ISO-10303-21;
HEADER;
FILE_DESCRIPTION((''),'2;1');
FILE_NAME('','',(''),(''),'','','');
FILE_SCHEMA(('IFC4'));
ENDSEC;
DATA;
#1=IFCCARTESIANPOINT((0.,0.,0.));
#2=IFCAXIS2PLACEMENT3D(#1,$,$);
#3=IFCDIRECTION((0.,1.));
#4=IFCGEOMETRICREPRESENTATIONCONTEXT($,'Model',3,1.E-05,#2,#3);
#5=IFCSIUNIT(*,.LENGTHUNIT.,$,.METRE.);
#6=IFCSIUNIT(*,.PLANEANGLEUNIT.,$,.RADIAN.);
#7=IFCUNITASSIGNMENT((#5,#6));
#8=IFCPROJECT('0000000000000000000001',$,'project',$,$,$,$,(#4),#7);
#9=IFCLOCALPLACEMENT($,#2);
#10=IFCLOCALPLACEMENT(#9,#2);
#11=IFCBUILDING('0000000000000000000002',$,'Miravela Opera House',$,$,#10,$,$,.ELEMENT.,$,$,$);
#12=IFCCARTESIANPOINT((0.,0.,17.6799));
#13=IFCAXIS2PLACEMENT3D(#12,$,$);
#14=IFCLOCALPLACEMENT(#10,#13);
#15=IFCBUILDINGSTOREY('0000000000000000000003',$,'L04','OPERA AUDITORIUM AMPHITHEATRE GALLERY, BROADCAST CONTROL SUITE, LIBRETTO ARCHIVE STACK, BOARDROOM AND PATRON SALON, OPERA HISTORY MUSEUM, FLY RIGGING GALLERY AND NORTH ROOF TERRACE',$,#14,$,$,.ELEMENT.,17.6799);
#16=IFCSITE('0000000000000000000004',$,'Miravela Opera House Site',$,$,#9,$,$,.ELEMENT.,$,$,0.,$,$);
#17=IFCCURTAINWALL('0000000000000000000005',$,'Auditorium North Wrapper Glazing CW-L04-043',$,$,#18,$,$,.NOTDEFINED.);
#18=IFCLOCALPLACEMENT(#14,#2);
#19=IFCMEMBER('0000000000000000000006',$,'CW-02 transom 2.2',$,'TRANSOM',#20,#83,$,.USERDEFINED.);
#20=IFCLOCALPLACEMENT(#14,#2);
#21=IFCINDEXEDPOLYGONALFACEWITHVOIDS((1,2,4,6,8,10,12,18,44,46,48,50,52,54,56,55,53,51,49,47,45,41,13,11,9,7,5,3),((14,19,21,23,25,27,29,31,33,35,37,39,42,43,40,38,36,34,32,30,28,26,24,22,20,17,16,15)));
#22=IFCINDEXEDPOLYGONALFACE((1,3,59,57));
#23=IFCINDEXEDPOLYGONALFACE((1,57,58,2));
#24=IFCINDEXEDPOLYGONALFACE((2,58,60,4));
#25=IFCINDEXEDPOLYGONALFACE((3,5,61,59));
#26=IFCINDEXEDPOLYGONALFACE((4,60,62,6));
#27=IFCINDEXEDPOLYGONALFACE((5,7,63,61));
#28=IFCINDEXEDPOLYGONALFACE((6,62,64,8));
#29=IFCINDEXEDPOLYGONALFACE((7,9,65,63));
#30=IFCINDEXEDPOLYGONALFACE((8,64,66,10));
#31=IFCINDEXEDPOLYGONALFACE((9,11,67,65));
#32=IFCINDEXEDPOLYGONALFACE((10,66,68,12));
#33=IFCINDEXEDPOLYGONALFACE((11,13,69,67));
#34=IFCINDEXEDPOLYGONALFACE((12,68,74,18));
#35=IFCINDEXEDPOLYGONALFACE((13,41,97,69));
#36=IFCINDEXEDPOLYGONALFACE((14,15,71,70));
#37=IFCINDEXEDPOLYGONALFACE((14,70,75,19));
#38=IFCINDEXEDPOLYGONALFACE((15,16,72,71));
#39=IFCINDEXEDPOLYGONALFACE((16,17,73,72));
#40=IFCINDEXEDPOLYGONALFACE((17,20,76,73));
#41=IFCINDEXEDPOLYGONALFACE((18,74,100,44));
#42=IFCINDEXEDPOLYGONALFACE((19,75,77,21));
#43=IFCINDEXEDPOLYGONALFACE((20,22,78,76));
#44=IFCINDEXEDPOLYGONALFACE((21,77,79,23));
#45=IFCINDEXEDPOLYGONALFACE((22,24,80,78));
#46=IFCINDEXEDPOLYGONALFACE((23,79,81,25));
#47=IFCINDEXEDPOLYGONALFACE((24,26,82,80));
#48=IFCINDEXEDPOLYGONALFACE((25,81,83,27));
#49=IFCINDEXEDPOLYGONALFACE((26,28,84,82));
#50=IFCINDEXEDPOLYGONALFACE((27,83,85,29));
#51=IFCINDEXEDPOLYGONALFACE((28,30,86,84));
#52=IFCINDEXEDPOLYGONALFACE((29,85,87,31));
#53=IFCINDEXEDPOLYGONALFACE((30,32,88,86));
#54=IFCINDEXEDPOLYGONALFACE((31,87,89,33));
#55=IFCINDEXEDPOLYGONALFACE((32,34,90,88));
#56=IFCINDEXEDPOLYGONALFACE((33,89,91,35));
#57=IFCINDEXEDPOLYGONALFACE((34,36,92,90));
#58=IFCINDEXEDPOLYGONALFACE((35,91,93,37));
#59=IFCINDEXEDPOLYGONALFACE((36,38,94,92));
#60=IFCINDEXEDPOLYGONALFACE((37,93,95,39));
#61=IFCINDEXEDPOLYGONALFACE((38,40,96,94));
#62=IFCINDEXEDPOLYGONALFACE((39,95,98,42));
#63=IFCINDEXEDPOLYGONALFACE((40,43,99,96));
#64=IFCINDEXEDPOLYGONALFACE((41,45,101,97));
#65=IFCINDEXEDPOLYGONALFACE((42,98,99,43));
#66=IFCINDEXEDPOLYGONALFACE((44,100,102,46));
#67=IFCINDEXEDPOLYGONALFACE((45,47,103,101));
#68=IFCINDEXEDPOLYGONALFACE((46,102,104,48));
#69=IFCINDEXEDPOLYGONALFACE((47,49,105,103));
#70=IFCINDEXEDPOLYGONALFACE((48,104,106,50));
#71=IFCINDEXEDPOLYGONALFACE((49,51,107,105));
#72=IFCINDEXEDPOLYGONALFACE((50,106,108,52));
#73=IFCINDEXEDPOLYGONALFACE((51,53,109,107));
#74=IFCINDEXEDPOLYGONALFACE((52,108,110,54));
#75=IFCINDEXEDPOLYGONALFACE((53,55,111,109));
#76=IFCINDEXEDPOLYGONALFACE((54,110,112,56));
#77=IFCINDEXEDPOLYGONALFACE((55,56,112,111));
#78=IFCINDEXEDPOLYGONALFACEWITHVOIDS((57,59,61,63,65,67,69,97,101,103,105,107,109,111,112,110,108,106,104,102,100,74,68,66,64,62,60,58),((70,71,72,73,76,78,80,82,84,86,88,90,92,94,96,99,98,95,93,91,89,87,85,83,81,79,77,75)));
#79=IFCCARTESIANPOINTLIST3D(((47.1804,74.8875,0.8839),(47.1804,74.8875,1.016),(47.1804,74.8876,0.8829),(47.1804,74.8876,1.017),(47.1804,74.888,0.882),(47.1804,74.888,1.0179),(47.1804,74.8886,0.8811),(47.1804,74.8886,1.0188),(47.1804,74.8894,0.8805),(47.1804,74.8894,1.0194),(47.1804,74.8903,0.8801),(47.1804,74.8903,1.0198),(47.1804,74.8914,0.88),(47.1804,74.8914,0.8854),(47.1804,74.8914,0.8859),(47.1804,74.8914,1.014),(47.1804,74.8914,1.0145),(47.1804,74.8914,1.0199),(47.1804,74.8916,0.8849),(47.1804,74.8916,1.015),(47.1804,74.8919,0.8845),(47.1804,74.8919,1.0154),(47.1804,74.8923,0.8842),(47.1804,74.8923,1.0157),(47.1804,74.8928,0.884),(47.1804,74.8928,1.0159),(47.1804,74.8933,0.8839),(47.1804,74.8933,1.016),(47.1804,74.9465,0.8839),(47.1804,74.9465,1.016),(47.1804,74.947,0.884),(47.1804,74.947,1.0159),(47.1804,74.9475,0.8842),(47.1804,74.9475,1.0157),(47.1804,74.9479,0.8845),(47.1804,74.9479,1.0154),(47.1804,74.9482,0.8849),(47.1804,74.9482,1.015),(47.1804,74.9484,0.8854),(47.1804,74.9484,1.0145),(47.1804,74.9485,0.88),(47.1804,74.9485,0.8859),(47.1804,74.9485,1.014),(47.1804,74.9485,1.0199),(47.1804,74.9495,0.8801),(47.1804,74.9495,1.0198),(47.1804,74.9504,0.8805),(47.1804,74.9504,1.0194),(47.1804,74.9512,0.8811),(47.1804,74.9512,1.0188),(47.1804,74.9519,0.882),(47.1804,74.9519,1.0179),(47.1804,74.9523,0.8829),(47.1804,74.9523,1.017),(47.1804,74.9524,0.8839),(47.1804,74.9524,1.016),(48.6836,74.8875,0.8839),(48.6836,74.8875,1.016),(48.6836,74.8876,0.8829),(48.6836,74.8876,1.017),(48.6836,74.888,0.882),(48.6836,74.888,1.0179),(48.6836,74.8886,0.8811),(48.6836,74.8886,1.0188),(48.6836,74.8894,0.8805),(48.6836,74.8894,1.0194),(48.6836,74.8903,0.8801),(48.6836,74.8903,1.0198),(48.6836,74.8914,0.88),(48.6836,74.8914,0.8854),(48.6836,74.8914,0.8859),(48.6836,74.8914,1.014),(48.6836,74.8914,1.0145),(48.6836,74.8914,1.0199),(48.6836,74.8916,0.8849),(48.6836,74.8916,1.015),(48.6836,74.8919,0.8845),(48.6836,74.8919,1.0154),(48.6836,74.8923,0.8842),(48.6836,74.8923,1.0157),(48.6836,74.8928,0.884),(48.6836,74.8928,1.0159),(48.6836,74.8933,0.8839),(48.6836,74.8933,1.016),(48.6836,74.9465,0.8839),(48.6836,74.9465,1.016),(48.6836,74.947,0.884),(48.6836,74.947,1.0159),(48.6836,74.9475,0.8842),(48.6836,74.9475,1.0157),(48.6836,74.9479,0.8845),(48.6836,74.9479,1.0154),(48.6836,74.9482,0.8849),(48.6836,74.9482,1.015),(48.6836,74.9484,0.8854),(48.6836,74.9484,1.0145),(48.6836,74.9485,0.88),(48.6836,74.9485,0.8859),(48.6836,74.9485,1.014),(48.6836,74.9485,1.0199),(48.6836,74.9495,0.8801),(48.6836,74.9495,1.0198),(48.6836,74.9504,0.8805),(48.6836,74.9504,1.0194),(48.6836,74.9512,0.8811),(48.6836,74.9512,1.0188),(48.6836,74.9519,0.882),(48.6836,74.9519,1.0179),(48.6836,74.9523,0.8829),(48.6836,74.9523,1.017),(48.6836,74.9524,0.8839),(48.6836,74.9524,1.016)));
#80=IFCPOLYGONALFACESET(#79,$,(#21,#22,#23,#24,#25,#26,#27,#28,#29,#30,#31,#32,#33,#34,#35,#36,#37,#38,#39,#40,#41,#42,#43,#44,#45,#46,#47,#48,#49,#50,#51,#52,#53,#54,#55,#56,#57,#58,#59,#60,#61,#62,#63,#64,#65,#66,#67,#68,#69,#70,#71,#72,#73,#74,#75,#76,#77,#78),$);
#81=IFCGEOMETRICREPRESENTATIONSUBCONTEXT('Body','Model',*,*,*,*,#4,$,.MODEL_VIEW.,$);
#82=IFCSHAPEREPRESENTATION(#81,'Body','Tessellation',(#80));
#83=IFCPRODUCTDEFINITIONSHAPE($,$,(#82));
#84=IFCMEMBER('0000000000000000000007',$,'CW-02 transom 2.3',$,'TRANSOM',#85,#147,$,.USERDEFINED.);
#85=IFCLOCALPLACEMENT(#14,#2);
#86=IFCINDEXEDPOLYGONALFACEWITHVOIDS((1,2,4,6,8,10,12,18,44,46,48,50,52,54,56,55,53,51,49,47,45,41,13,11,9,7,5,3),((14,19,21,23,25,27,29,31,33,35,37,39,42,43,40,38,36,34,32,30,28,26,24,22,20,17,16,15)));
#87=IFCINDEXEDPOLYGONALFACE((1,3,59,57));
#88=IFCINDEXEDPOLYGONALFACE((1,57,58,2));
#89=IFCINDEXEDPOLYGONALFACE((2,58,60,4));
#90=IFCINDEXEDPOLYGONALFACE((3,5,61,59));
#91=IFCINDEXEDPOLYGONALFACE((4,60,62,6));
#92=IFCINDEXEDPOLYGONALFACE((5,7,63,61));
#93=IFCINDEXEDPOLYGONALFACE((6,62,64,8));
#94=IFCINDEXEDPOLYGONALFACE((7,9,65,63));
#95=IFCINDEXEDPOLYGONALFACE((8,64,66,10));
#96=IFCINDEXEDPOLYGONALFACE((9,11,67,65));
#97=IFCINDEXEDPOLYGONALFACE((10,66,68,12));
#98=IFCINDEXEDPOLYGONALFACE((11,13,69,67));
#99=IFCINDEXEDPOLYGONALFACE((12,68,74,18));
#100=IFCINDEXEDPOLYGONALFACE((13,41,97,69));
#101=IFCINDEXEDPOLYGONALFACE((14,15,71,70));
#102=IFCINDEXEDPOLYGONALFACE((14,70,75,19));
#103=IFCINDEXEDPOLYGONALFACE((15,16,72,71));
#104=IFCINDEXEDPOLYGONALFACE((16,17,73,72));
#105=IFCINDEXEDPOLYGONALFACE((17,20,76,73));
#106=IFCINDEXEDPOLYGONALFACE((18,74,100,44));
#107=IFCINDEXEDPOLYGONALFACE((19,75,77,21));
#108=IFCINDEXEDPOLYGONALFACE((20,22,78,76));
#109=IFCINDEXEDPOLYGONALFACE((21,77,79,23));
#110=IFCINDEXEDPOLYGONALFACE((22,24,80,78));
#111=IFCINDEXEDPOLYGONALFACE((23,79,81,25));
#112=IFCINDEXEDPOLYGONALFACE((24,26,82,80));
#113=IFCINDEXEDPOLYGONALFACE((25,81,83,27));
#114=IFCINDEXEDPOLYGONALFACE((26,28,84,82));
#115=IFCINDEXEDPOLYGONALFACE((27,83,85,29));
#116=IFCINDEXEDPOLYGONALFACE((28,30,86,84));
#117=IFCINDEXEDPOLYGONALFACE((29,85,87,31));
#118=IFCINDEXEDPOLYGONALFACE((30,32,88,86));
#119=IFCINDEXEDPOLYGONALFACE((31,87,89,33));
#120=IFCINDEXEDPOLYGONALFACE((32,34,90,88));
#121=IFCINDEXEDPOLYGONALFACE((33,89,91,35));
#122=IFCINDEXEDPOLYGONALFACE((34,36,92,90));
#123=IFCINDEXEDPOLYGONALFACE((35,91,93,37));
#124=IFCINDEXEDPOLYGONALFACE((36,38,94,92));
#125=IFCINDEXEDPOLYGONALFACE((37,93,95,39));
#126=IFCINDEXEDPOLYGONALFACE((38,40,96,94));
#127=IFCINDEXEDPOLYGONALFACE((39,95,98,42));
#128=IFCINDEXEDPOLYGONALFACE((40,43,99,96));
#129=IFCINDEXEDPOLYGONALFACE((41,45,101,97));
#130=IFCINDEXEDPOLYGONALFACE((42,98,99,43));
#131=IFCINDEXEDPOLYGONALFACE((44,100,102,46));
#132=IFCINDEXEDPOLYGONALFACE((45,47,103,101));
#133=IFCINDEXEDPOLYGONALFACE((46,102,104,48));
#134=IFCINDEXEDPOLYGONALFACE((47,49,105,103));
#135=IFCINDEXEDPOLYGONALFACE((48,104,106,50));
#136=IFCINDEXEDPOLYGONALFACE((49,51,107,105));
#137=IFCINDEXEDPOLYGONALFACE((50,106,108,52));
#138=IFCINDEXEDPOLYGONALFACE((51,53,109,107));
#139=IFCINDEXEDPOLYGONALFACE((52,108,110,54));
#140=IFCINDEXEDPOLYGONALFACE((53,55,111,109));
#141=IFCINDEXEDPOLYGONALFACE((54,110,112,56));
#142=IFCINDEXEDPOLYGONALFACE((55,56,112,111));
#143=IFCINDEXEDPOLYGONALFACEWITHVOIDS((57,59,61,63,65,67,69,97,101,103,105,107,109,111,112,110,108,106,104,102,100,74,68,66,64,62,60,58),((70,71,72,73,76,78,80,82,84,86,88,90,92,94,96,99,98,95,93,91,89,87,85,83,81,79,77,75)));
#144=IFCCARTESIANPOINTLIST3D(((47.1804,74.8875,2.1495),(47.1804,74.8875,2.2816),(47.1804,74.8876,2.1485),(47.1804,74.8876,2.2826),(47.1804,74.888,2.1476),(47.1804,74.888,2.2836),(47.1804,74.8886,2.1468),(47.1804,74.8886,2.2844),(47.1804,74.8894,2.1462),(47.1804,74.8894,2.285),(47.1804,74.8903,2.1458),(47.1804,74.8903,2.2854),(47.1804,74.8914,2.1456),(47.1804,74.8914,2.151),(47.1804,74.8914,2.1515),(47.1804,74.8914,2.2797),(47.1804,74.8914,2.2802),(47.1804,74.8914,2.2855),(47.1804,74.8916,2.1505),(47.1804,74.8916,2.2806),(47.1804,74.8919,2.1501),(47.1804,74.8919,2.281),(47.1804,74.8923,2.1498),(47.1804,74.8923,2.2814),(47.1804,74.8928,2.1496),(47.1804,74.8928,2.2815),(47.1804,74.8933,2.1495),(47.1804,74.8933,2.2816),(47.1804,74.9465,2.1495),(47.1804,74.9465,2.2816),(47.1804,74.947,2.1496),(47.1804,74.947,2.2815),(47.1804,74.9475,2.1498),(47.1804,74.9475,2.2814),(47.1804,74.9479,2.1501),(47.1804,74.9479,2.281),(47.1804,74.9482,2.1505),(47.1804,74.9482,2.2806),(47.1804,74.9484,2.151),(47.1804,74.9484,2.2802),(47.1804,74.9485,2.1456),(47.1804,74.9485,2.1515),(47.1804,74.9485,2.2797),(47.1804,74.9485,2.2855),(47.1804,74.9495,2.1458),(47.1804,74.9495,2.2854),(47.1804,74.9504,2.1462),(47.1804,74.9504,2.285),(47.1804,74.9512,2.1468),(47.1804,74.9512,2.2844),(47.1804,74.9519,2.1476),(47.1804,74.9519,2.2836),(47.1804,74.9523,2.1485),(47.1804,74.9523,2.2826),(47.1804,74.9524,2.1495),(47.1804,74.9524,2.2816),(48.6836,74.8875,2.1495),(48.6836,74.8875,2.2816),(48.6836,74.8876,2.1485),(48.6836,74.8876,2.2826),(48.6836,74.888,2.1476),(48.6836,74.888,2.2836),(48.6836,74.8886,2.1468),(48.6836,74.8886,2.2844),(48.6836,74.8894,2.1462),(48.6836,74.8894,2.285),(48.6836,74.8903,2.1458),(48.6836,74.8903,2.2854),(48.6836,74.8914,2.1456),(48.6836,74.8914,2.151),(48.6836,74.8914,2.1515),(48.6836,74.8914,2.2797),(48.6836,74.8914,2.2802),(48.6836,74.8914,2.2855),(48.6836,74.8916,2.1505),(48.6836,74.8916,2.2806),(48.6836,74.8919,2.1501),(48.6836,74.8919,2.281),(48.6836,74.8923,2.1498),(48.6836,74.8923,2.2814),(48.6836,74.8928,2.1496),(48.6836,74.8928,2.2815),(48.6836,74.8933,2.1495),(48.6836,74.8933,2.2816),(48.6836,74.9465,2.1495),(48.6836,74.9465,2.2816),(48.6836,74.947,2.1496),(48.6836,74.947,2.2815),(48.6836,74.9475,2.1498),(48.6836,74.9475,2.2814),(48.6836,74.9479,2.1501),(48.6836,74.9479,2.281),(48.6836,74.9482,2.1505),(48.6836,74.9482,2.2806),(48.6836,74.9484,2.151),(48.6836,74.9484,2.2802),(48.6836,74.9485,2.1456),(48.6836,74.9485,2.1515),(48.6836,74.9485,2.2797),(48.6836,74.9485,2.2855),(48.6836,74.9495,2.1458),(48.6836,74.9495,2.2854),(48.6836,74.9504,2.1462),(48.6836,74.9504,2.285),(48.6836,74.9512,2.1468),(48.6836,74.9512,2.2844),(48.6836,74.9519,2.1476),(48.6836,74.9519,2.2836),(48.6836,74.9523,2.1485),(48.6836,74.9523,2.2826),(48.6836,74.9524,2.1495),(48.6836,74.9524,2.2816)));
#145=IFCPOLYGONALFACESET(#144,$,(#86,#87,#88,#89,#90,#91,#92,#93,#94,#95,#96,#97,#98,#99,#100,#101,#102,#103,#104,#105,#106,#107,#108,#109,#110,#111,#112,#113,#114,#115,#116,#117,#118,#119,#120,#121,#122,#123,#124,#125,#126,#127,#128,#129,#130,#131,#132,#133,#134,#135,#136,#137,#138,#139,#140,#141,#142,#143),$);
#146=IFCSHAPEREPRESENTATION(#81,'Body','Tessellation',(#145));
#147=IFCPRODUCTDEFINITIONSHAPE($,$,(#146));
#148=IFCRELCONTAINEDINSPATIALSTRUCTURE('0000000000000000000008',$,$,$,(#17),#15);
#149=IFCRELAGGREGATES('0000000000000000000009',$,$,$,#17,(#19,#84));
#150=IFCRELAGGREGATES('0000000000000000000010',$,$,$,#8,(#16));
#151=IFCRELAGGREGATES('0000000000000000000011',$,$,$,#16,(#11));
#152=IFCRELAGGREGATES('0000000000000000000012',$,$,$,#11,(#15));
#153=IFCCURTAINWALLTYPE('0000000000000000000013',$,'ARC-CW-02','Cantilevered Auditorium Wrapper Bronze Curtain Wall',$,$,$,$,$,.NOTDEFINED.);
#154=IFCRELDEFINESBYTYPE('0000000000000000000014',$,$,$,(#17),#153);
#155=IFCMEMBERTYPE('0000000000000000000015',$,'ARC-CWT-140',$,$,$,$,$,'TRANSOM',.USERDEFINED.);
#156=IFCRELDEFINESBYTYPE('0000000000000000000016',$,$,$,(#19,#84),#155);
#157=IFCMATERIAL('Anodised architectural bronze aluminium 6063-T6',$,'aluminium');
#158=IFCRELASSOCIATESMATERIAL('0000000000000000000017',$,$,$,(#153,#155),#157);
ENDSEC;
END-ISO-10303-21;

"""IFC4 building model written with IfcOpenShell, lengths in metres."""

from ifc_helpers import new_model, si_unit, direction, frame, origin, origin_2d, place, context, subcontext, project, spatial, hollow_rectangle, extrude, material, material_profile, profile_set, type_object, element, aggregate, save


model = new_model("IFC4")

# Units and contexts
model_context = context("Model", 3, precision=1e-05, world=origin(), true_north=direction((0.0, 1.0)))
body_context = subcontext(model_context, "Body", "Model", "MODEL_VIEW")
ifc_project = project(units=[si_unit("LENGTHUNIT", "METRE"), si_unit("PLANEANGLEUNIT", "RADIAN")], contexts=[model_context])

# Site, building, storey
site_placement = place(None, origin())
site = spatial("IfcSite", under=ifc_project, at=site_placement, Name="Miravela Opera House Site", CompositionType="ELEMENT", RefElevation=0.0)
building_placement = place(site_placement, origin())
building = spatial("IfcBuilding", under=site, at=building_placement, Name="Miravela Opera House", CompositionType="ELEMENT")
storey_placement = place(building_placement, frame((0.0, 0.0, 17.6799)))
storey = spatial("IfcBuildingStorey", under=building, at=storey_placement, Name="L04", Description="OPERA AUDITORIUM AMPHITHEATRE GALLERY, BROADCAST CONTROL SUITE, LIBRETTO ARCHIVE STACK, BOARDROOM AND PATRON SALON, OPERA HISTORY MUSEUM, FLY RIGGING GALLERY AND NORTH ROOF TERRACE", CompositionType="ELEMENT", Elevation=17.6799)

# Curtain wall, members
ifc_material_1 = material(Name="Anodised architectural bronze aluminium 6063-T6", Category="aluminium")
curtain_wall_type = type_object("IfcCurtainWallType", Name="ARC-CW-02", Description="Cantilevered Auditorium Wrapper Bronze Curtain Wall", PredefinedType="NOTDEFINED", material=ifc_material_1)
curtain_wall_placement = place(storey_placement, origin())
curtain_wall = element("IfcCurtainWall", 1, at=curtain_wall_placement, inside=storey, type_object=curtain_wall_type, Name="Auditorium North Wrapper Glazing CW-L04-043", PredefinedType="NOTDEFINED")
ifc_material_profile_1 = material_profile(ifc_material_1, hollow_rectangle(XDim=0.0649, YDim=0.1399, WallThickness=0.0039, InnerFilletRadius=0.002, OuterFilletRadius=0.0039, at=origin_2d()), Name="CWT-65X140")
ifc_profile_set_1 = profile_set([ifc_material_profile_1])
member_type_1 = type_object("IfcMemberType", Name="ARC-CWT-140", ElementType="TRANSOM", PredefinedType="USERDEFINED", material=ifc_profile_set_1)
member_1_placement = place(storey_placement, frame((47.1804, 74.9199, 0.95), z_axis=(1.0, 0.0, 0.0), x_axis=(0.0, 1.0, 0.0)))
member_1 = element("IfcMember", 2, at=member_1_placement, type_object=member_type_1, Name="CW-02 transom 2.2", ObjectType="TRANSOM", PredefinedType="USERDEFINED", context=body_context, shape_type="SweptSolid", body=[
    extrude(hollow_rectangle(XDim=0.0649, YDim=0.1399, WallThickness=0.0039, InnerFilletRadius=0.002, OuterFilletRadius=0.0039, at=origin_2d()), origin(), (0.0, 0.0, 1.0), 1.5032),
])
member_2_placement = place(storey_placement, frame((47.1804, 74.9199, 2.2156), z_axis=(1.0, 0.0, 0.0), x_axis=(0.0, 1.0, 0.0)))
member_2 = element("IfcMember", 3, at=member_2_placement, type_object=member_type_1, Name="CW-02 transom 2.3", ObjectType="TRANSOM", PredefinedType="USERDEFINED", context=body_context, shape_type="SweptSolid", body=[
    extrude(hollow_rectangle(XDim=0.0649, YDim=0.1399, WallThickness=0.0039, InnerFilletRadius=0.002, OuterFilletRadius=0.0039, at=origin_2d()), origin(), (0.0, 0.0, 1.0), 1.5032),
])
aggregate(curtain_wall, [member_1, member_2])

save(model, "model.ifc")
